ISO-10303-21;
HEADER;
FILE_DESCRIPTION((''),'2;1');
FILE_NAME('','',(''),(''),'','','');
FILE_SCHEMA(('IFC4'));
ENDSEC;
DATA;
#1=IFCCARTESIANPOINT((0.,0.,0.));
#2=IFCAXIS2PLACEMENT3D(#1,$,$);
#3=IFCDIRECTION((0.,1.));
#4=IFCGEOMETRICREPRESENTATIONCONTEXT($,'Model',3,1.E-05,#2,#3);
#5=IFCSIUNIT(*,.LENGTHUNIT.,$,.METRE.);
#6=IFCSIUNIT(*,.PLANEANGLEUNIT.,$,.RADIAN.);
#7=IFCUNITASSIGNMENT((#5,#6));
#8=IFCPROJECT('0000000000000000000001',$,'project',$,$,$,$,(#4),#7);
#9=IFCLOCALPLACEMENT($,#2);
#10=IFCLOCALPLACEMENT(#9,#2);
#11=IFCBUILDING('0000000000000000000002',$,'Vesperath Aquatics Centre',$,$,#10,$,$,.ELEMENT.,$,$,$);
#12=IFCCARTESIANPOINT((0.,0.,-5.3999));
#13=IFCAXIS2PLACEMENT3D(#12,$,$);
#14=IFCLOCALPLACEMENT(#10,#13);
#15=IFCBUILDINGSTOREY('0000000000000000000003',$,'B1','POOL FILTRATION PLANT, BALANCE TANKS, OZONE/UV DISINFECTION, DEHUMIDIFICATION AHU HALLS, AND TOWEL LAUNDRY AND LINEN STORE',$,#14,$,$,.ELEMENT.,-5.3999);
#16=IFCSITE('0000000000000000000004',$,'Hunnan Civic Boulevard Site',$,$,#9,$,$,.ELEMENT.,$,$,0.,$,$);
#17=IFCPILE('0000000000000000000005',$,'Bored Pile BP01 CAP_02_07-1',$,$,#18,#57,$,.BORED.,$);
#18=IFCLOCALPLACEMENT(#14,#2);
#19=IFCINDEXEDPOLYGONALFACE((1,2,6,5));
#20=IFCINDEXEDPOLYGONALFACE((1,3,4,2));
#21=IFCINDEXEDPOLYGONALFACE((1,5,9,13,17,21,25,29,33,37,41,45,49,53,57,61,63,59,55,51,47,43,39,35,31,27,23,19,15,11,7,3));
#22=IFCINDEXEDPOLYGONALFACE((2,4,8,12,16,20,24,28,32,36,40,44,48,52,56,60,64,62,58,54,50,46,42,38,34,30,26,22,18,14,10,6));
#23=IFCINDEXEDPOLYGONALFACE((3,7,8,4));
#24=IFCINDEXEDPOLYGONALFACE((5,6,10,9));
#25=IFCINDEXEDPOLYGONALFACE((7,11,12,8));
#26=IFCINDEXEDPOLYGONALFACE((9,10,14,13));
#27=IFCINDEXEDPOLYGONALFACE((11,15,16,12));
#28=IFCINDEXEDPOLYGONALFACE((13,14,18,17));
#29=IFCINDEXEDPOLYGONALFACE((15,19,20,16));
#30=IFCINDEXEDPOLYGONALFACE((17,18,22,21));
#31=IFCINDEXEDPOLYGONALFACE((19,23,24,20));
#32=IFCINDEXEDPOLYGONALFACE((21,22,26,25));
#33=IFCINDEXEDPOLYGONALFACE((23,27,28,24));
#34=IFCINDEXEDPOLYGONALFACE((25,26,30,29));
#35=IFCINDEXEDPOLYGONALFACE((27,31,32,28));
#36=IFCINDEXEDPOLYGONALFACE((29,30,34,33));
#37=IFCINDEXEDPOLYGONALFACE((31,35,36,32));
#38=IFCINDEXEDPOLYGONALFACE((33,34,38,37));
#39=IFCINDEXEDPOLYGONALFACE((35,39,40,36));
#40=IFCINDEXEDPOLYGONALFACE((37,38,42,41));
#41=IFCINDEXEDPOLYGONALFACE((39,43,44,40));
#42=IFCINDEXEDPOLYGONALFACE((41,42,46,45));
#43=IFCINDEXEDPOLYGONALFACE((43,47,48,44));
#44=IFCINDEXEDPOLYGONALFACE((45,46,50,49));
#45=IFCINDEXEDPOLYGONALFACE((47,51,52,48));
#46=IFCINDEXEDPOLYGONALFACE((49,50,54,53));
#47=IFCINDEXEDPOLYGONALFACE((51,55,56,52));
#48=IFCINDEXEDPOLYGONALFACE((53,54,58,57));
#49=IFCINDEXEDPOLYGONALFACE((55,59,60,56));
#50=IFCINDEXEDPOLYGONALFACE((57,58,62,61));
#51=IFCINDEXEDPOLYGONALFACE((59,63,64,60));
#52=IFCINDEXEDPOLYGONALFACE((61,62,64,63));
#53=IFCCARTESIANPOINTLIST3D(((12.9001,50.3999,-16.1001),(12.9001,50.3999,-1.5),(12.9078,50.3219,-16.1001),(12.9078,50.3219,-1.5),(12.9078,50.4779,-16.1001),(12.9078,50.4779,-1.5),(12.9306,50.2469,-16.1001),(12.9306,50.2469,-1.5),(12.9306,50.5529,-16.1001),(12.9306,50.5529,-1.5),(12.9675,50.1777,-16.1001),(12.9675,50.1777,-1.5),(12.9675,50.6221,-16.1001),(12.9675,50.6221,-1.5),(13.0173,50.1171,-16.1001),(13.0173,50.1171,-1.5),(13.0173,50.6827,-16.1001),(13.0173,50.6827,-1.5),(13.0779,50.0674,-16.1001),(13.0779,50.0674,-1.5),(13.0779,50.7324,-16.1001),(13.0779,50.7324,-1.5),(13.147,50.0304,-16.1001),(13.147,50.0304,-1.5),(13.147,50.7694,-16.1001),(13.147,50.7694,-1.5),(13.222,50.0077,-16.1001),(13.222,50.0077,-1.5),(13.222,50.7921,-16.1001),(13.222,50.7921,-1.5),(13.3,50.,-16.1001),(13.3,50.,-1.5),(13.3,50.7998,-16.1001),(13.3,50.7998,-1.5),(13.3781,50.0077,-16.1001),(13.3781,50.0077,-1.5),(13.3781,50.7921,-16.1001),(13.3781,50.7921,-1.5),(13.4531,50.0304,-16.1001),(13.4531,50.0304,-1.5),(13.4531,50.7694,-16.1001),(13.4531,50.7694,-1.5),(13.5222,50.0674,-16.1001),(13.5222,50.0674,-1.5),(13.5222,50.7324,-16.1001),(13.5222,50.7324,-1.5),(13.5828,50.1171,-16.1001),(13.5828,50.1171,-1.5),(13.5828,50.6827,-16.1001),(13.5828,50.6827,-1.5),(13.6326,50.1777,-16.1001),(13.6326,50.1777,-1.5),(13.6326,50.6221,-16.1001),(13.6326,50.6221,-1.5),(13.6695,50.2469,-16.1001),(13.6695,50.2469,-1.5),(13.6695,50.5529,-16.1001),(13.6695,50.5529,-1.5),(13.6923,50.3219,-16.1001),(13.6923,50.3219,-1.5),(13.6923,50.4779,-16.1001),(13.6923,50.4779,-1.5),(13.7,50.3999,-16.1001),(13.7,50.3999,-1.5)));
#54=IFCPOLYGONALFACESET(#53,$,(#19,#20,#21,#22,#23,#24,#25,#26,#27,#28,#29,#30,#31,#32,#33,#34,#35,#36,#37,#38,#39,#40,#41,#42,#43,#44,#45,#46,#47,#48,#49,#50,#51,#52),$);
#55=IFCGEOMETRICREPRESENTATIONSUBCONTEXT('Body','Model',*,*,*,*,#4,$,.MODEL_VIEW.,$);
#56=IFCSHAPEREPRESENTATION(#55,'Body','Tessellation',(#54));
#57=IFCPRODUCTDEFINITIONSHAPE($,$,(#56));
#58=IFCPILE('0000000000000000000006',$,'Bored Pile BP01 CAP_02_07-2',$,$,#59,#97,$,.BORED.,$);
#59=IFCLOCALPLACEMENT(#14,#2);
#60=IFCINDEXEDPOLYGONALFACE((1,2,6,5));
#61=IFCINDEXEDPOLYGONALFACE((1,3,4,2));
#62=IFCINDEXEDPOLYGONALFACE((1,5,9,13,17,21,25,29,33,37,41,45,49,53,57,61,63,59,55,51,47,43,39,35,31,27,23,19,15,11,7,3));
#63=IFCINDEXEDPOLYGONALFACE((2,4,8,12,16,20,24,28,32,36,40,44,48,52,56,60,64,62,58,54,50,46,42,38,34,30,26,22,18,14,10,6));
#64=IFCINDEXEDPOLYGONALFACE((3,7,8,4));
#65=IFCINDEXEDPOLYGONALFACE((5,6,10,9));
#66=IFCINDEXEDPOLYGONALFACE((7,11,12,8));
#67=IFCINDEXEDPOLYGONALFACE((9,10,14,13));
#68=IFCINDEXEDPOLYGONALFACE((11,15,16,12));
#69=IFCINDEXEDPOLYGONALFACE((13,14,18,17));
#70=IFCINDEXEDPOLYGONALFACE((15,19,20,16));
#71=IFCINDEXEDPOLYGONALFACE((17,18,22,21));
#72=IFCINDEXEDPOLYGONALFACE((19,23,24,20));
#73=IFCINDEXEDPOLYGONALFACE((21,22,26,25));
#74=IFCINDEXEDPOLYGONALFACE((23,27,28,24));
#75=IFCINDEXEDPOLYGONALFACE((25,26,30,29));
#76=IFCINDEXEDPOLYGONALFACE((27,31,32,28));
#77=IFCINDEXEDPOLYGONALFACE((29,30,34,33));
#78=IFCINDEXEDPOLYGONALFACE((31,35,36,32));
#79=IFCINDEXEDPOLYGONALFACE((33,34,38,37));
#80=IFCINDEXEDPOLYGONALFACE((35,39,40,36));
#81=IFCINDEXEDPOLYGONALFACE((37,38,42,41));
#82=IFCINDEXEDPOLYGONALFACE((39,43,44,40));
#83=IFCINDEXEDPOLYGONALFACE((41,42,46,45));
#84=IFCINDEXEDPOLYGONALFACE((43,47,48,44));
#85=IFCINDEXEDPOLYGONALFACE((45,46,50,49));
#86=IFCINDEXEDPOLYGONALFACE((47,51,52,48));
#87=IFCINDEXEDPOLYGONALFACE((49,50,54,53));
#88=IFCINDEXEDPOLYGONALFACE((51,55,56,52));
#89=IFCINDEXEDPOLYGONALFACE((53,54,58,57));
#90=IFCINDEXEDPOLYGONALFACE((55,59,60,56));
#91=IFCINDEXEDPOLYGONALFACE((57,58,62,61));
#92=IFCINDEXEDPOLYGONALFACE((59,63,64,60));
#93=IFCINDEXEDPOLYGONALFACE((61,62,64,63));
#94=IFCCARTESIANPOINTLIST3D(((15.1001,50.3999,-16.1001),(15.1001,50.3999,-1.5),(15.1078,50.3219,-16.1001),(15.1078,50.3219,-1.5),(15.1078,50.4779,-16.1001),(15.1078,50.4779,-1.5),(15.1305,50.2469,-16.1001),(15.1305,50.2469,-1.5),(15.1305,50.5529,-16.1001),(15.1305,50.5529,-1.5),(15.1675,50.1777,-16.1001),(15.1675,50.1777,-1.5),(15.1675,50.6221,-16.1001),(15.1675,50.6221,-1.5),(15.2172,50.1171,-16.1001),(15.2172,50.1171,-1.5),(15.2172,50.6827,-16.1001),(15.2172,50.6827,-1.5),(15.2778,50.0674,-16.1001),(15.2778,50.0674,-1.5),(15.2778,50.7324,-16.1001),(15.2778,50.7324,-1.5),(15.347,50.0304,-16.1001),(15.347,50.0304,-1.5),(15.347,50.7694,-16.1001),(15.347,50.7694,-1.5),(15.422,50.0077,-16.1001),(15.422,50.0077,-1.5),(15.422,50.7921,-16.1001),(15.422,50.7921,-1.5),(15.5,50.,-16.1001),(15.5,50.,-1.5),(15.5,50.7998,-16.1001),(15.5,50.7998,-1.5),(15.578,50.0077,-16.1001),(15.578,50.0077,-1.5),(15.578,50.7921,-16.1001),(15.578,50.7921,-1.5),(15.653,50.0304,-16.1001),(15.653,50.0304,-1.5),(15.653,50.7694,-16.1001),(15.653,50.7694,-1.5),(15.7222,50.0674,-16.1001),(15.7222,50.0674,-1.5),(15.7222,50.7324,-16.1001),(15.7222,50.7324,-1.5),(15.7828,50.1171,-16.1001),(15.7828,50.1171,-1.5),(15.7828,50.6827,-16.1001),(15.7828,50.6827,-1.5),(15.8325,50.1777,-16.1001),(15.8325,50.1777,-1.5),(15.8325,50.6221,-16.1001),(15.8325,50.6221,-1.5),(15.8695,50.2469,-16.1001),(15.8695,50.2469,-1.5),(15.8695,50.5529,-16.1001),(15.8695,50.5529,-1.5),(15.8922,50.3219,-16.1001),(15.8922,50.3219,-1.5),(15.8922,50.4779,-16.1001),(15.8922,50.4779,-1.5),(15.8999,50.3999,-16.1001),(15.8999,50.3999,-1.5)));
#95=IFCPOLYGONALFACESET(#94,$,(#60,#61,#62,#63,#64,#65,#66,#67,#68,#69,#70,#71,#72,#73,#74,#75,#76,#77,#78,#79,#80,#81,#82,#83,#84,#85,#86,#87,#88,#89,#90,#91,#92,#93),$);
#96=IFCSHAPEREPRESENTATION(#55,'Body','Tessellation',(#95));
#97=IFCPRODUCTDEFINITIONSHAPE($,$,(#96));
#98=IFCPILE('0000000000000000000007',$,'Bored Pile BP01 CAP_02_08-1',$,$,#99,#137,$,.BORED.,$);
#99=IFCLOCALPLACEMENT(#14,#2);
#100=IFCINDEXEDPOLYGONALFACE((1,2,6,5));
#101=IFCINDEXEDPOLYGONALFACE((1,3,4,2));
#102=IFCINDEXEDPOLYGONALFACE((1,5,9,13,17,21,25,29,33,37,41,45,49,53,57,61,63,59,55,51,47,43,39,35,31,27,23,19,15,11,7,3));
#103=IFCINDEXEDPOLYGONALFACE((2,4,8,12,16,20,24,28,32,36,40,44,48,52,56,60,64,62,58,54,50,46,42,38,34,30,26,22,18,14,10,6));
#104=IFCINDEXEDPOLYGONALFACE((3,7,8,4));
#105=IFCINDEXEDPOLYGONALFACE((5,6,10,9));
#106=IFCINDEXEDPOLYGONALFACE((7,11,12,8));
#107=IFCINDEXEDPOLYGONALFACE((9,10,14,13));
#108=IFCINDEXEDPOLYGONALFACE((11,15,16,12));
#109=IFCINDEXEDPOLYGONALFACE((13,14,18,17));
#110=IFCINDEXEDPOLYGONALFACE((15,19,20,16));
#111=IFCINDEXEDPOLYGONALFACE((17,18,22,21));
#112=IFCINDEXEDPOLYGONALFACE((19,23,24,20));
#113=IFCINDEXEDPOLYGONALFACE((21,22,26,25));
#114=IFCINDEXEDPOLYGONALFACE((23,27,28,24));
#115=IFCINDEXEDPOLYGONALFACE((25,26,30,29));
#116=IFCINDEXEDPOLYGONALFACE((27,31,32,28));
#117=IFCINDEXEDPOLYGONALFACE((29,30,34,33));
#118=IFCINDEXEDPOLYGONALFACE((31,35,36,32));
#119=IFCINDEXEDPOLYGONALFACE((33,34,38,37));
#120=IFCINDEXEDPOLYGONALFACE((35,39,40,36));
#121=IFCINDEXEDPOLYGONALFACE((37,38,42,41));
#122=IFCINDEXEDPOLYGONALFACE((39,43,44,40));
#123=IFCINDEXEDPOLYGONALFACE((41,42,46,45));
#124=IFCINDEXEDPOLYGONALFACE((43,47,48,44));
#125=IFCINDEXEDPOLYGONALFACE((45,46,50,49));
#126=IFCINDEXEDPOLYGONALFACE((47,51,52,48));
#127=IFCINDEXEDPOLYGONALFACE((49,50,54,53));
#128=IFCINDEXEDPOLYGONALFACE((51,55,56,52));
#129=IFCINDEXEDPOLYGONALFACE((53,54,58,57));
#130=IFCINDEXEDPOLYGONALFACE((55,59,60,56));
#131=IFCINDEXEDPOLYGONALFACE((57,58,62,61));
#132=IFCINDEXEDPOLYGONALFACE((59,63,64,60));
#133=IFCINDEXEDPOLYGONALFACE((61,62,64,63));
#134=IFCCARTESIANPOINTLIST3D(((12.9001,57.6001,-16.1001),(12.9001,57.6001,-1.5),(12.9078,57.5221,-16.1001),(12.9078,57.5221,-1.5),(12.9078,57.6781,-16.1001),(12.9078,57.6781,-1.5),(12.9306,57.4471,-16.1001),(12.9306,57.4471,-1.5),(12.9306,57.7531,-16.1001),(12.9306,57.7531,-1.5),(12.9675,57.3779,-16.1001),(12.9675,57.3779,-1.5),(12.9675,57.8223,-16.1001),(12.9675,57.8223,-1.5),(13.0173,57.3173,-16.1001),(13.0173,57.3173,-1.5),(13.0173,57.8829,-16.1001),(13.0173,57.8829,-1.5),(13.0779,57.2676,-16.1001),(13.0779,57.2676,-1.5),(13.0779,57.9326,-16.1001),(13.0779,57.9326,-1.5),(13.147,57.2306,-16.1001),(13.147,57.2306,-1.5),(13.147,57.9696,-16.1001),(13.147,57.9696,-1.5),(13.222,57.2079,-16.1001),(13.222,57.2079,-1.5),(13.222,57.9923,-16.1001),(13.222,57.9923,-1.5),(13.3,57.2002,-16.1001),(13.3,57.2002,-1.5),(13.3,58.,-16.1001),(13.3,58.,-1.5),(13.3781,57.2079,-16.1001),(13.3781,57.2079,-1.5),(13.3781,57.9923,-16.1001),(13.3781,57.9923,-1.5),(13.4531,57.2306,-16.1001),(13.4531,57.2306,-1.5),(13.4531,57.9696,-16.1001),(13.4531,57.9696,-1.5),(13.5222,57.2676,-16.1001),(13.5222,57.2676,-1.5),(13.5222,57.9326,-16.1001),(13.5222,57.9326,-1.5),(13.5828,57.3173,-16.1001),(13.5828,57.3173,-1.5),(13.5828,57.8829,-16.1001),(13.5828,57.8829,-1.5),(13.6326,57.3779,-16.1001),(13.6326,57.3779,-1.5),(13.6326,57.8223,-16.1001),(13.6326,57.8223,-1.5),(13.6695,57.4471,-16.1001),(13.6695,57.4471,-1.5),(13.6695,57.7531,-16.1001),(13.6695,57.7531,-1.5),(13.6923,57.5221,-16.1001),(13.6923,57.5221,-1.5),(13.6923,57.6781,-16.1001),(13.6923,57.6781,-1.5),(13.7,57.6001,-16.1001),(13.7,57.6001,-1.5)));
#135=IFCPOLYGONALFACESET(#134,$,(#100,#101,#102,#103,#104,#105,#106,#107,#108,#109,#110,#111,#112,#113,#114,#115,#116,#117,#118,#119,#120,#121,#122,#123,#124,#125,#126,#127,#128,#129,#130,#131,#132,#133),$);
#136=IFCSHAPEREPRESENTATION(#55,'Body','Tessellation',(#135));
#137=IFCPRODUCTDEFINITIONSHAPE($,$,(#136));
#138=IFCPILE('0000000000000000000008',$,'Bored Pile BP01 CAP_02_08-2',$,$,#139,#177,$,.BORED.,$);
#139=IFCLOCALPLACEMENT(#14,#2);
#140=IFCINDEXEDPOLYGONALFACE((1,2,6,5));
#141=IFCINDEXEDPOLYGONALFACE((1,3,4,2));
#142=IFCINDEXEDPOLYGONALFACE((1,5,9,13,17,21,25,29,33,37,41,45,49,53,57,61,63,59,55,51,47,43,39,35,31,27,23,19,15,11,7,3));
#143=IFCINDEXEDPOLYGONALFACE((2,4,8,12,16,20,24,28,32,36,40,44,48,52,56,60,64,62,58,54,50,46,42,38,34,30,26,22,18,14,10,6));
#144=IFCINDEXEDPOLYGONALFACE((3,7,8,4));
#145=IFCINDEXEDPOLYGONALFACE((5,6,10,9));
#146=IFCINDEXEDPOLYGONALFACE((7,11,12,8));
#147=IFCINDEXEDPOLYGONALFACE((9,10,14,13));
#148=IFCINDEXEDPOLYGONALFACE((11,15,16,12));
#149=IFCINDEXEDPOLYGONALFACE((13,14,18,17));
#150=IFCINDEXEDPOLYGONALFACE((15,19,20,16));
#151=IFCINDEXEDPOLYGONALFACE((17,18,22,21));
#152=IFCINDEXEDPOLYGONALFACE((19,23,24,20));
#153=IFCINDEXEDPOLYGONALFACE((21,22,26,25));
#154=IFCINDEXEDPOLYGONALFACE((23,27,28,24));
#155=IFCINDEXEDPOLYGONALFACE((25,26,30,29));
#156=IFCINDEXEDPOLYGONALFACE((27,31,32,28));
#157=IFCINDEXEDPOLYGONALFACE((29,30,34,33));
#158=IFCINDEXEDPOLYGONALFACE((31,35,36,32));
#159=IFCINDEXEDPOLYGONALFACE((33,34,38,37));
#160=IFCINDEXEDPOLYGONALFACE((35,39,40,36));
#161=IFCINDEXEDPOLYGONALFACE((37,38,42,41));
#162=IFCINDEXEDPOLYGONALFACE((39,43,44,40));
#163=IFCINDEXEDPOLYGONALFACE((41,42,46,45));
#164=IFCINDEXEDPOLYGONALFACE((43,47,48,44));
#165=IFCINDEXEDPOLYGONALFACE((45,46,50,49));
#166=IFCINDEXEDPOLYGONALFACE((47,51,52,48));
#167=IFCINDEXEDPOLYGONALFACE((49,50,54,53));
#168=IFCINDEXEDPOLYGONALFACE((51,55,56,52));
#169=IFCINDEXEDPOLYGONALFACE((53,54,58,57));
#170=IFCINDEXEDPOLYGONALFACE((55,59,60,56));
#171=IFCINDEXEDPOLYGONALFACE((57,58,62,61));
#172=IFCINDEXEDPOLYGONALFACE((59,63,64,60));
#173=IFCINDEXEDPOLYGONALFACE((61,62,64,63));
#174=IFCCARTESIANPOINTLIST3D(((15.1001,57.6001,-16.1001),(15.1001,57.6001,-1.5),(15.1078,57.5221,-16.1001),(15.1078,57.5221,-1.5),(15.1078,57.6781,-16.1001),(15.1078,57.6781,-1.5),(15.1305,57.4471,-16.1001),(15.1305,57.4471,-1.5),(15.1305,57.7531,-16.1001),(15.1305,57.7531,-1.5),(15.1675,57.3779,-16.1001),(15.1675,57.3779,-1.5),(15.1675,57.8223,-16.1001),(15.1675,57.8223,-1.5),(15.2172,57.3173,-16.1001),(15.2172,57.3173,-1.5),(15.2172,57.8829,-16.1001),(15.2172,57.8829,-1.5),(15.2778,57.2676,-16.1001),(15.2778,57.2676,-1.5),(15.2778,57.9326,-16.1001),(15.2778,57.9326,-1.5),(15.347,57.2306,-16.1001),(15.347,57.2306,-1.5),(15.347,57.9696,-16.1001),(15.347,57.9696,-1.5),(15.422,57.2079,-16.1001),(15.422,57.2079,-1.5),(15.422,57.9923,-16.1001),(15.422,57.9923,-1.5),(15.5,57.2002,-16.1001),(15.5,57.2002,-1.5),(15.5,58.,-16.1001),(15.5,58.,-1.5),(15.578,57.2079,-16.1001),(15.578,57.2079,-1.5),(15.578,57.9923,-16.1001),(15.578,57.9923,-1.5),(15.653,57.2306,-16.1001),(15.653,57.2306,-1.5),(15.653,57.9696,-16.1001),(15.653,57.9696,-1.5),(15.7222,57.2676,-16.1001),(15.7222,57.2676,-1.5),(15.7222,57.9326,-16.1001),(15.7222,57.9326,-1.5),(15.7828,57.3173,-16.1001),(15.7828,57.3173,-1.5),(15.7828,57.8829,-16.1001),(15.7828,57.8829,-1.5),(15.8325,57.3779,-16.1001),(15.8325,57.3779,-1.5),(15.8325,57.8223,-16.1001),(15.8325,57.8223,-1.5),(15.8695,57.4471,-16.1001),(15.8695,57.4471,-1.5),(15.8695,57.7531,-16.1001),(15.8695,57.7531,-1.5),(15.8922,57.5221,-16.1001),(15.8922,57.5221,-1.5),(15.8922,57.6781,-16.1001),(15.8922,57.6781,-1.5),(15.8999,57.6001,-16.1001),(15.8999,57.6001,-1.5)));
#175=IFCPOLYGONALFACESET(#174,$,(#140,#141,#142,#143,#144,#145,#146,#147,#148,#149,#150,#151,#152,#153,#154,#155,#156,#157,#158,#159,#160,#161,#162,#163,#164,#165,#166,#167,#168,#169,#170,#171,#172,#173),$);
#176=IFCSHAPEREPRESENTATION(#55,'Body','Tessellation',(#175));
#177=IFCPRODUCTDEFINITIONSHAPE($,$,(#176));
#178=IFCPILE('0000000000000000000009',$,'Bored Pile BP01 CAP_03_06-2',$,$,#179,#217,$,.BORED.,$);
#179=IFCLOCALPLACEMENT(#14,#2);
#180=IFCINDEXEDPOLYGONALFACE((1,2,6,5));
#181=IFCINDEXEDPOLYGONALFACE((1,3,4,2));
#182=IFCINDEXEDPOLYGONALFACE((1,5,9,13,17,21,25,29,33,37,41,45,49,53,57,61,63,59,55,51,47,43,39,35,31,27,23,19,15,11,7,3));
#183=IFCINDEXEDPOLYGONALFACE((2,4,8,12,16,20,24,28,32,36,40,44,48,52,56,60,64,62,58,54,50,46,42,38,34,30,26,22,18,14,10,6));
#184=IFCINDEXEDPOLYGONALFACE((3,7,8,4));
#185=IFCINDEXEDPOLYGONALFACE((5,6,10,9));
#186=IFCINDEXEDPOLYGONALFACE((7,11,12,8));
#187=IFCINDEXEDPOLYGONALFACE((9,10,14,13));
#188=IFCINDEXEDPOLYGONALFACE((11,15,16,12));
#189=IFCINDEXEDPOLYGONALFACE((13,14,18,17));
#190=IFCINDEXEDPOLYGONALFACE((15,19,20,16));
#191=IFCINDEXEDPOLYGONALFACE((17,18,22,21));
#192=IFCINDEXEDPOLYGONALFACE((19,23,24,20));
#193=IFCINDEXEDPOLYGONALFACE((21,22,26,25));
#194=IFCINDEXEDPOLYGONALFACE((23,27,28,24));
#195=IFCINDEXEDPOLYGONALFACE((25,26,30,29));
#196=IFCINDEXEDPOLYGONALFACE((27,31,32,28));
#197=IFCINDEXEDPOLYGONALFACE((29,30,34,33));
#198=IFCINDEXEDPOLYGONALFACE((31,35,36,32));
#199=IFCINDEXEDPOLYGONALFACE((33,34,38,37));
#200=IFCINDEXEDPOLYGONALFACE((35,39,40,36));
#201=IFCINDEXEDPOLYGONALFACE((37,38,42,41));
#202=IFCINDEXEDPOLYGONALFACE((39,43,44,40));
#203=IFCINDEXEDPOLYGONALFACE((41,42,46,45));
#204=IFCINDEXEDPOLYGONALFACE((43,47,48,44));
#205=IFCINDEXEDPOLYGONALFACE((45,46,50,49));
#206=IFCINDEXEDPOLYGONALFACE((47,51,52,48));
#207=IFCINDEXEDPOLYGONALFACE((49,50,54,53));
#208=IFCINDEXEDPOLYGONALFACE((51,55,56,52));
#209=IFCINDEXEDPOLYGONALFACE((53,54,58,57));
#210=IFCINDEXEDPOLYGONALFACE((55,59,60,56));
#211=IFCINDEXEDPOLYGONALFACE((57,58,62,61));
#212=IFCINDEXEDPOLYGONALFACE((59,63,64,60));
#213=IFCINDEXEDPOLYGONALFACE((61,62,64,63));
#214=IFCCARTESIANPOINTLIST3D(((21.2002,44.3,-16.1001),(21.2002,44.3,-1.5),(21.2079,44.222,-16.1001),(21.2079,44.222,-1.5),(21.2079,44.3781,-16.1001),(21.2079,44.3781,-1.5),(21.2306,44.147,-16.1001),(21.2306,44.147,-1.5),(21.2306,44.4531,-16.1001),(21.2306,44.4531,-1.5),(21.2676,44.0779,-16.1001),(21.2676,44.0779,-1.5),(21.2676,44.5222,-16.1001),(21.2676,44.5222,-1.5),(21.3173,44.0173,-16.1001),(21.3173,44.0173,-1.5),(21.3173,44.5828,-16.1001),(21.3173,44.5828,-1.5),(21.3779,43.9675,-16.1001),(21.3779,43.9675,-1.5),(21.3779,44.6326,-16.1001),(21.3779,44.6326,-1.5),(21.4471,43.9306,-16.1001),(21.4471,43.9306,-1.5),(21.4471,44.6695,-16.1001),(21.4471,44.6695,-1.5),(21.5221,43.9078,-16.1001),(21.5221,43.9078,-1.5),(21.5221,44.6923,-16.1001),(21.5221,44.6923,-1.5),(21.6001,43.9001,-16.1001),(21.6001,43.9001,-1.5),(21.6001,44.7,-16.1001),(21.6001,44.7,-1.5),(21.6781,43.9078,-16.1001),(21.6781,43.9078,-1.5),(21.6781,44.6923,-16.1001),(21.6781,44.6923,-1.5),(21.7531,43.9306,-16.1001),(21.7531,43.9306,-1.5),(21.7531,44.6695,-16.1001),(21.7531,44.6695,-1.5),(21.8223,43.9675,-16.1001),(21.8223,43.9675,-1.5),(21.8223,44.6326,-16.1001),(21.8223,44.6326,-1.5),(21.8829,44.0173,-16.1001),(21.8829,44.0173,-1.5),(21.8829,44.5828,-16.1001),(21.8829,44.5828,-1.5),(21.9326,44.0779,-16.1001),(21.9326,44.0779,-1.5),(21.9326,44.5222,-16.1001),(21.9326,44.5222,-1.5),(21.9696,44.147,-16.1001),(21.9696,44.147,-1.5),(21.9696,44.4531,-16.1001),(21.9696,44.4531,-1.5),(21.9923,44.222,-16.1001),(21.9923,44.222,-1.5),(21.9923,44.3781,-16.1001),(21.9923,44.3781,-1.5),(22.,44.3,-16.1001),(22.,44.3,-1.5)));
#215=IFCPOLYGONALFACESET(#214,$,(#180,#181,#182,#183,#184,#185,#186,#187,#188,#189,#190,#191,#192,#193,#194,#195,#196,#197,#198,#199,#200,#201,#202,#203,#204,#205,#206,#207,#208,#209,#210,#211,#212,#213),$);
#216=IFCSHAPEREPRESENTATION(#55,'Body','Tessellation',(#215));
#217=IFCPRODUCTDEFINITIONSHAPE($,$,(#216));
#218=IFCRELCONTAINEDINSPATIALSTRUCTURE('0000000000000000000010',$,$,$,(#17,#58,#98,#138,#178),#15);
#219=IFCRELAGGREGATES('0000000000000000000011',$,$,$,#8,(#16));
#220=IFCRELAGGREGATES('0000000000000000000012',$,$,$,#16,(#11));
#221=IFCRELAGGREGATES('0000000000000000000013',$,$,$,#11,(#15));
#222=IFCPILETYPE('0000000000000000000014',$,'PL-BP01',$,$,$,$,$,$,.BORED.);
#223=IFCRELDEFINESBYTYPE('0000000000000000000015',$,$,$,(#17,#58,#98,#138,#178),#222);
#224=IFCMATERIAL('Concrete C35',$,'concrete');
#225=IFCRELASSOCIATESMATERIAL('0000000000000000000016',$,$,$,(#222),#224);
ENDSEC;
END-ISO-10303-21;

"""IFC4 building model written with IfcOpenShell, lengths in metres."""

from ifc_helpers import new_model, si_unit, direction, frame, origin, origin_2d, place, context, subcontext, project, spatial, circle, extrude, material, material_profile, profile_set, type_object, element, save


model = new_model("IFC4")

# Units and contexts
model_context = context("Model", 3, precision=1e-05, world=origin(), true_north=direction((0.0, 1.0)))
body_context = subcontext(model_context, "Body", "Model", "MODEL_VIEW")
ifc_project = project(units=[si_unit("LENGTHUNIT", "METRE"), si_unit("PLANEANGLEUNIT", "RADIAN")], contexts=[model_context])

# Site, building, storey
site_placement = place(None, origin())
site = spatial("IfcSite", under=ifc_project, at=site_placement, Name="Hunnan Civic Boulevard Site", CompositionType="ELEMENT", RefElevation=0.0)
building_placement = place(site_placement, origin())
building = spatial("IfcBuilding", under=site, at=building_placement, Name="Vesperath Aquatics Centre", CompositionType="ELEMENT")
storey_placement = place(building_placement, frame((0.0, 0.0, -5.3999)))
storey = spatial("IfcBuildingStorey", under=building, at=storey_placement, Name="B1", Description="POOL FILTRATION PLANT, BALANCE TANKS, OZONE/UV DISINFECTION, DEHUMIDIFICATION AHU HALLS, AND TOWEL LAUNDRY AND LINEN STORE", CompositionType="ELEMENT", Elevation=-5.3999)

# Piles
ifc_material_1 = material(Name="Concrete C35", Category="concrete")
ifc_material_profile_1 = material_profile(ifc_material_1, circle(Radius=0.3999, at=origin_2d()), Name="PILE D800")
ifc_profile_set_1 = profile_set([ifc_material_profile_1], Name="Concrete C35")
pile_type = type_object("IfcPileType", Name="PL-BP01", PredefinedType="BORED", material=ifc_profile_set_1)
for number, where, z_axis, x_axis, name in (
    (1, (13.3, 50.3999, -1.5), (0.0, 0.0, -1.0), (1.0, 0.0, 0.0), "Bored Pile BP01 CAP_02_07-1"),
    (2, (15.5, 50.3999, -1.5), (0.0, 0.0, -1.0), (1.0, 0.0, 0.0), "Bored Pile BP01 CAP_02_07-2"),
    (3, (13.3, 57.6001, -1.5), (0.0, 0.0, -1.0), (1.0, 0.0, 0.0), "Bored Pile BP01 CAP_02_08-1"),
    (4, (15.5, 57.6001, -1.5), (0.0, 0.0, -1.0), (1.0, 0.0, 0.0), "Bored Pile BP01 CAP_02_08-2"),
    (5, (21.6001, 44.3, -1.5), (0.0, 0.0, -1.0), (1.0, 0.0, 0.0), "Bored Pile BP01 CAP_03_06-2"),
):
    element("IfcPile", number, at=place(storey_placement, frame(where, z_axis=z_axis, x_axis=x_axis)), inside=storey, type_object=pile_type, Name=name, PredefinedType="BORED", context=body_context, shape_type="SweptSolid", body=[
        extrude(circle(Radius=0.3999, at=origin_2d()), origin(), (0.0, 0.0, 1.0), 14.6001),
    ])

save(model, "model.ifc")
